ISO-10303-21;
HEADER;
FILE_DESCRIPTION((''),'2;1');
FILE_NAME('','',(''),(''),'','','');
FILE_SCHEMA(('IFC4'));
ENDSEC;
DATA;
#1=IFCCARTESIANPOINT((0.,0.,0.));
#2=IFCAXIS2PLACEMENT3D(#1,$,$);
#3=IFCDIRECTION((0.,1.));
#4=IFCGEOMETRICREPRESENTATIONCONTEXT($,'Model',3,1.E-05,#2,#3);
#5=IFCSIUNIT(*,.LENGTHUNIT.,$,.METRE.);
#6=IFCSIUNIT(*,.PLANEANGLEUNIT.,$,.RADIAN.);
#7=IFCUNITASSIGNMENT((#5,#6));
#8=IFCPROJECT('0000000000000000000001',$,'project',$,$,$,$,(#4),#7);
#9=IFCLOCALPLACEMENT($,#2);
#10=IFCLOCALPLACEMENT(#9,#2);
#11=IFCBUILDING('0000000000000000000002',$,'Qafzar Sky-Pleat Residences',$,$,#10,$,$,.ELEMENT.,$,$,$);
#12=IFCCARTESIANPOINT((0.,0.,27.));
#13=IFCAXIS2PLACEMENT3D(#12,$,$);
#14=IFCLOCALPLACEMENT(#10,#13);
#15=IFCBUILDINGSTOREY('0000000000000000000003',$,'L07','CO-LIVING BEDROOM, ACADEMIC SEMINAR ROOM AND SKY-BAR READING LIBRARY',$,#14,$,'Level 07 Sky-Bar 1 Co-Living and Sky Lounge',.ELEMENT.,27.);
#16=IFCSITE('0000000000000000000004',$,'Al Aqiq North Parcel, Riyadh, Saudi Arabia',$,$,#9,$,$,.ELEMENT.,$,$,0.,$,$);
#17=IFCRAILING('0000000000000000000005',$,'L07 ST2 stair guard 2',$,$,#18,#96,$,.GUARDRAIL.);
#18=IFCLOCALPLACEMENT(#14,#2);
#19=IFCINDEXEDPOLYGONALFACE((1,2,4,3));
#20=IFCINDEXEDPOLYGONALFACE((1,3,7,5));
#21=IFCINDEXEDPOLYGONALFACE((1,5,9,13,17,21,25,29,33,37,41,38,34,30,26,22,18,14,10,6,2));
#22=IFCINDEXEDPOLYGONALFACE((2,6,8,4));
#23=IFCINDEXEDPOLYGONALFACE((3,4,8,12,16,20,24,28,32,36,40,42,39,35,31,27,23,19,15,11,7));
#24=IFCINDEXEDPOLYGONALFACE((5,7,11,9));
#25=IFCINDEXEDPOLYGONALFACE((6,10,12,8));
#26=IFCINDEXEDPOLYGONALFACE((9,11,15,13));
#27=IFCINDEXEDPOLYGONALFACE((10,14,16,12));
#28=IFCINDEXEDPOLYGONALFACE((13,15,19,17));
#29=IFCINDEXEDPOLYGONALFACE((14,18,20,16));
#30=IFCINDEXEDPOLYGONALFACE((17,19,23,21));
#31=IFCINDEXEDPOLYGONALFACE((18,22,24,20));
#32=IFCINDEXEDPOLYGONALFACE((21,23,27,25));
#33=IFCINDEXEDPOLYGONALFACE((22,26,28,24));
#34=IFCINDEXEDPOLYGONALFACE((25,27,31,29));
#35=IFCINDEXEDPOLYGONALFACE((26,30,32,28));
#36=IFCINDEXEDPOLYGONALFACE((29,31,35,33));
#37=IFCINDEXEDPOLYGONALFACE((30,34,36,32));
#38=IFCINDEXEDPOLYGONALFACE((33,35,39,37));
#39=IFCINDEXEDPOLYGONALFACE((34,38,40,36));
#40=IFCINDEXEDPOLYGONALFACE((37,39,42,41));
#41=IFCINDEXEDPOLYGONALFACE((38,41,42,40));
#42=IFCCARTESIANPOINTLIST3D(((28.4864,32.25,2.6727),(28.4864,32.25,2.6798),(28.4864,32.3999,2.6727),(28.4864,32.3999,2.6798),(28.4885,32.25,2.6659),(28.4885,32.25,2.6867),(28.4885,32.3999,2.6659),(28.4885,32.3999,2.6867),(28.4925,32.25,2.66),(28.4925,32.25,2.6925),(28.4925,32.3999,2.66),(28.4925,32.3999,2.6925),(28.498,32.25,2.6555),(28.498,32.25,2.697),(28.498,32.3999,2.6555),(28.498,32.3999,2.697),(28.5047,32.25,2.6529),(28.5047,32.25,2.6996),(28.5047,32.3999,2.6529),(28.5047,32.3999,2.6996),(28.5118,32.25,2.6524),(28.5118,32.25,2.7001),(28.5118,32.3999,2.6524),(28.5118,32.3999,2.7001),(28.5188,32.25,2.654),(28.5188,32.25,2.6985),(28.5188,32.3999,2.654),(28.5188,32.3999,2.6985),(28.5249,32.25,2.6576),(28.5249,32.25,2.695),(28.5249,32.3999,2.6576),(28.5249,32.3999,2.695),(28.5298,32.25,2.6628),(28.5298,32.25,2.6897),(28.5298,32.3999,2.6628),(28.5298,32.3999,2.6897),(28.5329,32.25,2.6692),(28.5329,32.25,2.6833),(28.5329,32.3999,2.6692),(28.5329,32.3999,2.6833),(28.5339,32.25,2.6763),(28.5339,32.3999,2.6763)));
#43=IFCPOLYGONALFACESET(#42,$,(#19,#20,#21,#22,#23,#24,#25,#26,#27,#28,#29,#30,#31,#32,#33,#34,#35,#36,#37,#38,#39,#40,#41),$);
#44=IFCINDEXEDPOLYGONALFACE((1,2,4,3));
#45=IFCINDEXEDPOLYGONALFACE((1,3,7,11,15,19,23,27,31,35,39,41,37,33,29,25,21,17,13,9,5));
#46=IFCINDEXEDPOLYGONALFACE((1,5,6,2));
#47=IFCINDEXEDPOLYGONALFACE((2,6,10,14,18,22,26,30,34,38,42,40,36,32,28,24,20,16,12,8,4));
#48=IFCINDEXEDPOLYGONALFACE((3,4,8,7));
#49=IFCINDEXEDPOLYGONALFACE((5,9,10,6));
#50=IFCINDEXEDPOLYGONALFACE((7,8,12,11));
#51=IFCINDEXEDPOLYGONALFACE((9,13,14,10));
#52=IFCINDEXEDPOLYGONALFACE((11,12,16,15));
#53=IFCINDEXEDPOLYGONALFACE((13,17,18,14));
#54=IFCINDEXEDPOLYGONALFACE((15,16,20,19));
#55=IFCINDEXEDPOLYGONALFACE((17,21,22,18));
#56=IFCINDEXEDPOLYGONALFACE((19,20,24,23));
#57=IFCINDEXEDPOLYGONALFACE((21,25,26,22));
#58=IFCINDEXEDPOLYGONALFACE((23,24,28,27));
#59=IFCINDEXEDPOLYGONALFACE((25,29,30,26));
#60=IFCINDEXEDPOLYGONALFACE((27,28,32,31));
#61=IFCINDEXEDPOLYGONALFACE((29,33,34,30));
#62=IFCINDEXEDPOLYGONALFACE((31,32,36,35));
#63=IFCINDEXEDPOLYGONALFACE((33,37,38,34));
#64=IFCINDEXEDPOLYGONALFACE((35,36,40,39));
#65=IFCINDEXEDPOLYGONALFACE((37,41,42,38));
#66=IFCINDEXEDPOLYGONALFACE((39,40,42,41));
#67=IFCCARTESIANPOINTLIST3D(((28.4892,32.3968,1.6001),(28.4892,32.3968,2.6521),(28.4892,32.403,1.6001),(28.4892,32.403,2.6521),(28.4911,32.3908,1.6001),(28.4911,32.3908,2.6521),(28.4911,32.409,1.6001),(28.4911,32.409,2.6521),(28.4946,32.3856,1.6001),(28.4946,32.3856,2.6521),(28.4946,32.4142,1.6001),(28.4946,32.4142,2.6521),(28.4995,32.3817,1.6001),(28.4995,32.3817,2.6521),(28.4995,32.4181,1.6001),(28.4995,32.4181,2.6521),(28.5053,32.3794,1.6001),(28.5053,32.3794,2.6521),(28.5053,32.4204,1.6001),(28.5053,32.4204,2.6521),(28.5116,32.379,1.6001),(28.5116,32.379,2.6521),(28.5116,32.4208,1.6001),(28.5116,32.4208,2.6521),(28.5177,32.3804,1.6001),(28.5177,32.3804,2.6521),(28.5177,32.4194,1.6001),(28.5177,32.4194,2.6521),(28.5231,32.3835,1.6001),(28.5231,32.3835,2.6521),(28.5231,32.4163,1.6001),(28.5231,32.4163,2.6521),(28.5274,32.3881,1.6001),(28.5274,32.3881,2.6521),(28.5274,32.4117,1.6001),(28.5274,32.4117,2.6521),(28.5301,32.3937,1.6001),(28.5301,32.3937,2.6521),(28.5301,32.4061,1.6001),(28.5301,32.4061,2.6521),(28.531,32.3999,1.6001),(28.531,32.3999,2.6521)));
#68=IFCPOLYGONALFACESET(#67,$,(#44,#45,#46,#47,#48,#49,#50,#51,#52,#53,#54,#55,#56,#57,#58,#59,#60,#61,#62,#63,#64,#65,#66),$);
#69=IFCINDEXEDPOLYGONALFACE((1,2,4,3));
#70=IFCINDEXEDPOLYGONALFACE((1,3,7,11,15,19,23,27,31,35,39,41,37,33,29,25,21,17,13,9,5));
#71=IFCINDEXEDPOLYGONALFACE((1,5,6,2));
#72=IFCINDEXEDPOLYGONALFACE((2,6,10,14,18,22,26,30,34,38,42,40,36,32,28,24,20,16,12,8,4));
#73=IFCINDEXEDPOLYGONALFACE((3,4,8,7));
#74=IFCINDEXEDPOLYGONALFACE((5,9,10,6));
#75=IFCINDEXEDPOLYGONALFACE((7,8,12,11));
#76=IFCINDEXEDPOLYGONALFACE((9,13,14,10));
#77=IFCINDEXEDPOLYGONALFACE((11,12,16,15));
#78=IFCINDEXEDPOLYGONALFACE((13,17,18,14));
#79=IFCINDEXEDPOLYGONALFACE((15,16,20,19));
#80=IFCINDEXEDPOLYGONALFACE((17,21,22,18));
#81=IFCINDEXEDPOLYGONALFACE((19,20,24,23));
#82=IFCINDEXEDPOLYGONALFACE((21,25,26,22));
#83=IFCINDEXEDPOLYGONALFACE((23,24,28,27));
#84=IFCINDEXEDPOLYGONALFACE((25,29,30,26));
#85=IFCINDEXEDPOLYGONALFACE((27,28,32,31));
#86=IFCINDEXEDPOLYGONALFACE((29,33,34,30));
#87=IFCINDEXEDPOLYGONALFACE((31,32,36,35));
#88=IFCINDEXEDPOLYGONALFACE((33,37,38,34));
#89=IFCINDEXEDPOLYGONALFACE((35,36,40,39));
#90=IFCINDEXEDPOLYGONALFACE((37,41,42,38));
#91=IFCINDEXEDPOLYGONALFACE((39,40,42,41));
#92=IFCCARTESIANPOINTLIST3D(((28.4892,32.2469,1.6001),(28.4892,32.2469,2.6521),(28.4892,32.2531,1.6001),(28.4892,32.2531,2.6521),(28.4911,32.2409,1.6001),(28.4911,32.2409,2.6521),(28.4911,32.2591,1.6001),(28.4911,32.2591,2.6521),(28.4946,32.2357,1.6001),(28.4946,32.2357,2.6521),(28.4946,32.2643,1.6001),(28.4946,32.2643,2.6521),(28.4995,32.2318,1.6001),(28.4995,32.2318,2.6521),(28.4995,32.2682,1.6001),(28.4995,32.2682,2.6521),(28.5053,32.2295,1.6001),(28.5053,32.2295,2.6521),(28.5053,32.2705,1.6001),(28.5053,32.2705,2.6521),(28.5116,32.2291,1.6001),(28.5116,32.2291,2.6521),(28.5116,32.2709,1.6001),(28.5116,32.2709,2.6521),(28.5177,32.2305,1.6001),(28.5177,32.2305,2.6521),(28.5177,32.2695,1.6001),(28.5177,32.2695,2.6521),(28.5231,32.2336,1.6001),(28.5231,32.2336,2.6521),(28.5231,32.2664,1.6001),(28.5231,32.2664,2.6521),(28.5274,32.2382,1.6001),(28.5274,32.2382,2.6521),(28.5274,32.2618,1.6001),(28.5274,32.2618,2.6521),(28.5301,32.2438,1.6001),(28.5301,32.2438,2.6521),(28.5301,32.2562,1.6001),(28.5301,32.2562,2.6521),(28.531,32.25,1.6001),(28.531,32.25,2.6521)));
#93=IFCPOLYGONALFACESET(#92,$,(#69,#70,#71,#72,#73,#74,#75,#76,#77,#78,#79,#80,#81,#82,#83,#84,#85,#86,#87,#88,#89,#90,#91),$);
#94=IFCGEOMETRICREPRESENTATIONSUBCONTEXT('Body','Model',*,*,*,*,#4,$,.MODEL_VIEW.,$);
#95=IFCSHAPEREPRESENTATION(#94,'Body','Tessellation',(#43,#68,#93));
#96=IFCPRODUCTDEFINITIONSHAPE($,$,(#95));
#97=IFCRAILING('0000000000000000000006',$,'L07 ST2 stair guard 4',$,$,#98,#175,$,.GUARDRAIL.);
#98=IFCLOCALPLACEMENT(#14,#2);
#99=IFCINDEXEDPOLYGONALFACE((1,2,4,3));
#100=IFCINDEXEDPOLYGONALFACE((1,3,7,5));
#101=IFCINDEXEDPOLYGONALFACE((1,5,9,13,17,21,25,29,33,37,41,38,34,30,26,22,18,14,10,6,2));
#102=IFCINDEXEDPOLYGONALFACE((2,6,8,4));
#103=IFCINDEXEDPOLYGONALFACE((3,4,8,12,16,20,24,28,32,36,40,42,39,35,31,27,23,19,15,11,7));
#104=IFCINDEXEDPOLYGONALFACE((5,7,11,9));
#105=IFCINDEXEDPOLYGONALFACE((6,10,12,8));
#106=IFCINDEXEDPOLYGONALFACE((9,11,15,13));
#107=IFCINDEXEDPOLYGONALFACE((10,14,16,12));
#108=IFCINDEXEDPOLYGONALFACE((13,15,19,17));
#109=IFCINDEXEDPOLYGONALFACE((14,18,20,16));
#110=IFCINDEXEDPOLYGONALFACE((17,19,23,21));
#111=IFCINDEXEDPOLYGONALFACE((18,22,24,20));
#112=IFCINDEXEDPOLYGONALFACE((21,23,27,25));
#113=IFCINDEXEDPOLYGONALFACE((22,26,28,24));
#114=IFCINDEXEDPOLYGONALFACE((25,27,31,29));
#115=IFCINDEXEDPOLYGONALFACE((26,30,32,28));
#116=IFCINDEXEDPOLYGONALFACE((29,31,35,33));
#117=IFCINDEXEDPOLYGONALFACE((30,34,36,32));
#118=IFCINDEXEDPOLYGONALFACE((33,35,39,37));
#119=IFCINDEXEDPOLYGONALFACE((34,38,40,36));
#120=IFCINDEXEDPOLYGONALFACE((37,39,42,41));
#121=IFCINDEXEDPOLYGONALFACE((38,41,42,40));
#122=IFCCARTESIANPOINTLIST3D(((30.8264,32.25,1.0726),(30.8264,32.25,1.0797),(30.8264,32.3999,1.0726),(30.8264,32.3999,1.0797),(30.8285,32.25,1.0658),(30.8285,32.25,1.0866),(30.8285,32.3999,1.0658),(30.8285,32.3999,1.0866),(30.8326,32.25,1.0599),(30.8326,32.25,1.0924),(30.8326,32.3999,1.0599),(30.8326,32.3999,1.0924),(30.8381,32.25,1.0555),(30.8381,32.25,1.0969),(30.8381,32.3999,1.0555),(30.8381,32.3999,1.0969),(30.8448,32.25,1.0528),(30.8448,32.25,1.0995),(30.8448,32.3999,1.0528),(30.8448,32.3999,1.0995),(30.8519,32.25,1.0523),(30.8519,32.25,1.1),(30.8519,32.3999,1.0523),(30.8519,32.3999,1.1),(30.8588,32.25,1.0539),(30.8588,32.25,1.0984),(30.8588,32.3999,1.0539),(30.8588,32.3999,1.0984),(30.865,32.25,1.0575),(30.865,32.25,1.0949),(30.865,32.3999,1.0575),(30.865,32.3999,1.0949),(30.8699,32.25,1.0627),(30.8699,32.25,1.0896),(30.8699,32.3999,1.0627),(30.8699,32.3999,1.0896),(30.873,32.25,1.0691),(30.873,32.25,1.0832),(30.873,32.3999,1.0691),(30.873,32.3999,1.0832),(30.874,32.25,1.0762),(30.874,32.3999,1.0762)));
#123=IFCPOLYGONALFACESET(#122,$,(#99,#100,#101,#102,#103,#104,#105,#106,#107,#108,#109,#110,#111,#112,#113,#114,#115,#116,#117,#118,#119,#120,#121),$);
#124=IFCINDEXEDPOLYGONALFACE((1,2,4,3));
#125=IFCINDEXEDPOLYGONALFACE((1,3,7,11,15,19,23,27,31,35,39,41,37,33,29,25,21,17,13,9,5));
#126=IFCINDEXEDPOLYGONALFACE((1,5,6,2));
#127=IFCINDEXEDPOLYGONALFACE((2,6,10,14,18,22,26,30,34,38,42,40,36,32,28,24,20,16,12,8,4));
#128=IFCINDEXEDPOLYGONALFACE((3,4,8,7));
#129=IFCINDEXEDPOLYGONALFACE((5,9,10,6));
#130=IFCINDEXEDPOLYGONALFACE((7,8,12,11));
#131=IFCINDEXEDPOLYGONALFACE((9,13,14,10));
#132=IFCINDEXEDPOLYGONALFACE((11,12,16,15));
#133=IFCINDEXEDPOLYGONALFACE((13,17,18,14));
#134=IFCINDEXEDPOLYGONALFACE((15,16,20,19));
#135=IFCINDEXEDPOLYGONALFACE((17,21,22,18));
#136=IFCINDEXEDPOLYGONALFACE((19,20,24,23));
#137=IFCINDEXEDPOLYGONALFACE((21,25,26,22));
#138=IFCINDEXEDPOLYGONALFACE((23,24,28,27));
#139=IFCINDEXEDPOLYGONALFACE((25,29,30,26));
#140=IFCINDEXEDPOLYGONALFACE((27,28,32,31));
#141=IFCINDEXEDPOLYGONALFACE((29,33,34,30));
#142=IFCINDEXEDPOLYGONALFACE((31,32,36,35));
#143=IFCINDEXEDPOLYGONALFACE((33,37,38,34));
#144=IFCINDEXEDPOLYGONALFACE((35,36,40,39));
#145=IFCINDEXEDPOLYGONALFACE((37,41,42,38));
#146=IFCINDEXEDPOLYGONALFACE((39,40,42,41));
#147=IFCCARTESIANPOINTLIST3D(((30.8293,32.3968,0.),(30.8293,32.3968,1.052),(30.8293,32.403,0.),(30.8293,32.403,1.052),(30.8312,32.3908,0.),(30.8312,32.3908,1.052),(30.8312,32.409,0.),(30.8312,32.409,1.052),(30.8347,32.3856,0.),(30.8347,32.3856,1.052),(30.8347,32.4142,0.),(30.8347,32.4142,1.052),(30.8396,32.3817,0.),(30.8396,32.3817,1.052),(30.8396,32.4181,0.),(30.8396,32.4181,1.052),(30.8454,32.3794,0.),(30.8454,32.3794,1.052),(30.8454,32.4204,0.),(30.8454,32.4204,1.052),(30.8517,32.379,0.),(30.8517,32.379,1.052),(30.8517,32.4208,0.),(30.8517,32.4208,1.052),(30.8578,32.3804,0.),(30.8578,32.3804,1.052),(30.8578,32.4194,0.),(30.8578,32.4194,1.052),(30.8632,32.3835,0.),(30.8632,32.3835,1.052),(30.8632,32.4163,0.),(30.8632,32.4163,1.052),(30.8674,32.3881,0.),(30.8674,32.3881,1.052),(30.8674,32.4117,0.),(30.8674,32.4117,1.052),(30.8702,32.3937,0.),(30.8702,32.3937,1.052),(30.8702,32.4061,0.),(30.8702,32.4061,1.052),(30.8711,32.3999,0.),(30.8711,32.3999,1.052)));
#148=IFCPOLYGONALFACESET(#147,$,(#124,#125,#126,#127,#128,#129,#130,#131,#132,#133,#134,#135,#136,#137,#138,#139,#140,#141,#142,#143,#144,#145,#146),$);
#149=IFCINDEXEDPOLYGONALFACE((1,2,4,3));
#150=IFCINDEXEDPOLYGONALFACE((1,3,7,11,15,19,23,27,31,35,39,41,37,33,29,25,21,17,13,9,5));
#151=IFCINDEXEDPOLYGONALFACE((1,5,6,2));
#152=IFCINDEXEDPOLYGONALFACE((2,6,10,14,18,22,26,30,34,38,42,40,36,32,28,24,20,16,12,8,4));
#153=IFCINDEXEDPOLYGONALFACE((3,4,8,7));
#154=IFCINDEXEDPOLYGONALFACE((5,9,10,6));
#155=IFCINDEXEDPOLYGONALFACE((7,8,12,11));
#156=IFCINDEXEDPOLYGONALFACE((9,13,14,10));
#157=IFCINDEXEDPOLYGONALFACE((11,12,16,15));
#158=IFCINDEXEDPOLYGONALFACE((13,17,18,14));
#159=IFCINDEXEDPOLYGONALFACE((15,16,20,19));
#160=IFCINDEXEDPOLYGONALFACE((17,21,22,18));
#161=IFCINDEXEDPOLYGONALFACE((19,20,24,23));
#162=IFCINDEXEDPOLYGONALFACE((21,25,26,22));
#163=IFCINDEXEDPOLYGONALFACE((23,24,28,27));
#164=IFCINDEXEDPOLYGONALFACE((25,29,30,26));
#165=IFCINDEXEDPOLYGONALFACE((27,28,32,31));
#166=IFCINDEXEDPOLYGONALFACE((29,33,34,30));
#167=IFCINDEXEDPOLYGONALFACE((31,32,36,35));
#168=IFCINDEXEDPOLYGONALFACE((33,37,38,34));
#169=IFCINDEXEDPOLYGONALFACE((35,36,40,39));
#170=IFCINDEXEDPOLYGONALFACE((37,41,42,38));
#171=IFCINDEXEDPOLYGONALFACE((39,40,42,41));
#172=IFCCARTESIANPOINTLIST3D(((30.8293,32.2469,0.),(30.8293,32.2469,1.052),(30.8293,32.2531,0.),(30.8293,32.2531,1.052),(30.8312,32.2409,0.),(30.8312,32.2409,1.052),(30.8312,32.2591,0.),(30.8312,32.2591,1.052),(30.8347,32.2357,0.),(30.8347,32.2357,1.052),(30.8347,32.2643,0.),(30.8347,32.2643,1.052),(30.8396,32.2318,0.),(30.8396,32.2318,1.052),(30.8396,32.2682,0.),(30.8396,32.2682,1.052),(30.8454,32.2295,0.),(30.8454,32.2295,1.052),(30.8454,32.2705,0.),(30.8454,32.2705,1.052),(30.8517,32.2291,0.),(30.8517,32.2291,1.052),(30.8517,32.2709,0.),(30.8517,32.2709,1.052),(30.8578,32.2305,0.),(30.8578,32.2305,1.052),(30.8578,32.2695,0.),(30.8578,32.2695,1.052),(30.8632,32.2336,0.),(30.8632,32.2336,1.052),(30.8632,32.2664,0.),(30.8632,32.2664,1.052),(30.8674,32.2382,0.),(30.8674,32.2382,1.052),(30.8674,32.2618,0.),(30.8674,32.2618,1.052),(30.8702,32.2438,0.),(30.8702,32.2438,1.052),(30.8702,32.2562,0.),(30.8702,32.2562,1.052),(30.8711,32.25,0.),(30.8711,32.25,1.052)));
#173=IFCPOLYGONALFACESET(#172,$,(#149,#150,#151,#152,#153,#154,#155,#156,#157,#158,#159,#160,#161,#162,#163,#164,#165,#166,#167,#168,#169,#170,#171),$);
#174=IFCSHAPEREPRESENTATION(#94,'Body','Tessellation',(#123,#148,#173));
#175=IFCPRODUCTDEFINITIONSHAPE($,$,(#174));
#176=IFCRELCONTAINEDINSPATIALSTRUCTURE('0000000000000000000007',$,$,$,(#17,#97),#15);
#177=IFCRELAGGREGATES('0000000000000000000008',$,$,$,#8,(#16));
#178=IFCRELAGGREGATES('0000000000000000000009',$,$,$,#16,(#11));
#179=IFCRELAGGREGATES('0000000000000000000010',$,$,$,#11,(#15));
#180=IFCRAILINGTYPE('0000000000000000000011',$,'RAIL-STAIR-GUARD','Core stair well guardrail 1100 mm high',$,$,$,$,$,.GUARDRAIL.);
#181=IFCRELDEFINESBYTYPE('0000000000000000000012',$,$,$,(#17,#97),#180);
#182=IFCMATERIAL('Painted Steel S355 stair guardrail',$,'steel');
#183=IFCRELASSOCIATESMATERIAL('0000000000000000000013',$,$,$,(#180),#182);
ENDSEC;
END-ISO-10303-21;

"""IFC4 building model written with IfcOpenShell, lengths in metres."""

from ifc_helpers import new_model, si_unit, direction, frame, origin, origin_2d, place, context, subcontext, project, spatial, circle, extrude, source, transform, mapped, material, type_object, element, save


model = new_model("IFC4")

# Units and contexts
model_context = context("Model", 3, precision=1e-05, world=origin(), true_north=direction((0.0, 1.0)))
body_context = subcontext(model_context, "Body", "Model", "MODEL_VIEW")
ifc_project = project(units=[si_unit("LENGTHUNIT", "METRE"), si_unit("PLANEANGLEUNIT", "RADIAN")], contexts=[model_context])

# Site, building, storey
site_placement = place(None, origin())
site = spatial("IfcSite", under=ifc_project, at=site_placement, Name="Al Aqiq North Parcel, Riyadh, Saudi Arabia", CompositionType="ELEMENT", RefElevation=0.0)
building_placement = place(site_placement, origin())
building = spatial("IfcBuilding", under=site, at=building_placement, Name="Qafzar Sky-Pleat Residences", CompositionType="ELEMENT")
storey_placement = place(building_placement, frame((0.0, 0.0, 27.0)))
storey = spatial("IfcBuildingStorey", under=building, at=storey_placement, Name="L07", Description="CO-LIVING BEDROOM, ACADEMIC SEMINAR ROOM AND SKY-BAR READING LIBRARY", LongName="Level 07 Sky-Bar 1 Co-Living and Sky Lounge", CompositionType="ELEMENT", Elevation=27.0)

# Railings
ifc_material_1 = material(Name="Painted Steel S355 stair guardrail", Category="steel")
railing_type_1 = type_object("IfcRailingType", Name="RAIL-STAIR-GUARD", Description="Core stair well guardrail 1100 mm high", PredefinedType="GUARDRAIL", material=ifc_material_1)
shared_shape_1 = source(origin(), body_context, "Body", "SweptSolid", [
    extrude(circle(Radius=0.0239, at=origin_2d()), frame((0.0, 0.0, 1.0762), z_axis=(0.0, -1.0, 0.0), x_axis=(1.0, 0.0, 0.0)), (0.0, 0.0, 1.0), 0.1499),
    extrude(circle(Radius=0.021, at=origin_2d()), origin(), (0.0, 0.0, 1.0), 1.052),
    extrude(circle(Radius=0.021, at=origin_2d()), frame((0.0, -0.1499, 0.0)), (0.0, 0.0, 1.0), 1.052),
])
for number, where, name in (
    (1, (28.51, 32.3999, 1.6001), "L07 ST2 stair guard 2"),
    (2, (30.8501, 32.3999, 0.0), "L07 ST2 stair guard 4"),
):
    element("IfcRailing", number, at=place(storey_placement, frame(where)), inside=storey, type_object=railing_type_1, Name=name, PredefinedType="GUARDRAIL", context=body_context, shape_type="MappedRepresentation", body=[
        mapped(shared_shape_1, transform((0.0, 0.0, 0.0), x_axis=(1.0, 0.0, 0.0), y_axis=(0.0, 1.0, 0.0), z_axis=(0.0, 0.0, 1.0), scale=1.0)),
    ])

save(model, "model.ifc")
